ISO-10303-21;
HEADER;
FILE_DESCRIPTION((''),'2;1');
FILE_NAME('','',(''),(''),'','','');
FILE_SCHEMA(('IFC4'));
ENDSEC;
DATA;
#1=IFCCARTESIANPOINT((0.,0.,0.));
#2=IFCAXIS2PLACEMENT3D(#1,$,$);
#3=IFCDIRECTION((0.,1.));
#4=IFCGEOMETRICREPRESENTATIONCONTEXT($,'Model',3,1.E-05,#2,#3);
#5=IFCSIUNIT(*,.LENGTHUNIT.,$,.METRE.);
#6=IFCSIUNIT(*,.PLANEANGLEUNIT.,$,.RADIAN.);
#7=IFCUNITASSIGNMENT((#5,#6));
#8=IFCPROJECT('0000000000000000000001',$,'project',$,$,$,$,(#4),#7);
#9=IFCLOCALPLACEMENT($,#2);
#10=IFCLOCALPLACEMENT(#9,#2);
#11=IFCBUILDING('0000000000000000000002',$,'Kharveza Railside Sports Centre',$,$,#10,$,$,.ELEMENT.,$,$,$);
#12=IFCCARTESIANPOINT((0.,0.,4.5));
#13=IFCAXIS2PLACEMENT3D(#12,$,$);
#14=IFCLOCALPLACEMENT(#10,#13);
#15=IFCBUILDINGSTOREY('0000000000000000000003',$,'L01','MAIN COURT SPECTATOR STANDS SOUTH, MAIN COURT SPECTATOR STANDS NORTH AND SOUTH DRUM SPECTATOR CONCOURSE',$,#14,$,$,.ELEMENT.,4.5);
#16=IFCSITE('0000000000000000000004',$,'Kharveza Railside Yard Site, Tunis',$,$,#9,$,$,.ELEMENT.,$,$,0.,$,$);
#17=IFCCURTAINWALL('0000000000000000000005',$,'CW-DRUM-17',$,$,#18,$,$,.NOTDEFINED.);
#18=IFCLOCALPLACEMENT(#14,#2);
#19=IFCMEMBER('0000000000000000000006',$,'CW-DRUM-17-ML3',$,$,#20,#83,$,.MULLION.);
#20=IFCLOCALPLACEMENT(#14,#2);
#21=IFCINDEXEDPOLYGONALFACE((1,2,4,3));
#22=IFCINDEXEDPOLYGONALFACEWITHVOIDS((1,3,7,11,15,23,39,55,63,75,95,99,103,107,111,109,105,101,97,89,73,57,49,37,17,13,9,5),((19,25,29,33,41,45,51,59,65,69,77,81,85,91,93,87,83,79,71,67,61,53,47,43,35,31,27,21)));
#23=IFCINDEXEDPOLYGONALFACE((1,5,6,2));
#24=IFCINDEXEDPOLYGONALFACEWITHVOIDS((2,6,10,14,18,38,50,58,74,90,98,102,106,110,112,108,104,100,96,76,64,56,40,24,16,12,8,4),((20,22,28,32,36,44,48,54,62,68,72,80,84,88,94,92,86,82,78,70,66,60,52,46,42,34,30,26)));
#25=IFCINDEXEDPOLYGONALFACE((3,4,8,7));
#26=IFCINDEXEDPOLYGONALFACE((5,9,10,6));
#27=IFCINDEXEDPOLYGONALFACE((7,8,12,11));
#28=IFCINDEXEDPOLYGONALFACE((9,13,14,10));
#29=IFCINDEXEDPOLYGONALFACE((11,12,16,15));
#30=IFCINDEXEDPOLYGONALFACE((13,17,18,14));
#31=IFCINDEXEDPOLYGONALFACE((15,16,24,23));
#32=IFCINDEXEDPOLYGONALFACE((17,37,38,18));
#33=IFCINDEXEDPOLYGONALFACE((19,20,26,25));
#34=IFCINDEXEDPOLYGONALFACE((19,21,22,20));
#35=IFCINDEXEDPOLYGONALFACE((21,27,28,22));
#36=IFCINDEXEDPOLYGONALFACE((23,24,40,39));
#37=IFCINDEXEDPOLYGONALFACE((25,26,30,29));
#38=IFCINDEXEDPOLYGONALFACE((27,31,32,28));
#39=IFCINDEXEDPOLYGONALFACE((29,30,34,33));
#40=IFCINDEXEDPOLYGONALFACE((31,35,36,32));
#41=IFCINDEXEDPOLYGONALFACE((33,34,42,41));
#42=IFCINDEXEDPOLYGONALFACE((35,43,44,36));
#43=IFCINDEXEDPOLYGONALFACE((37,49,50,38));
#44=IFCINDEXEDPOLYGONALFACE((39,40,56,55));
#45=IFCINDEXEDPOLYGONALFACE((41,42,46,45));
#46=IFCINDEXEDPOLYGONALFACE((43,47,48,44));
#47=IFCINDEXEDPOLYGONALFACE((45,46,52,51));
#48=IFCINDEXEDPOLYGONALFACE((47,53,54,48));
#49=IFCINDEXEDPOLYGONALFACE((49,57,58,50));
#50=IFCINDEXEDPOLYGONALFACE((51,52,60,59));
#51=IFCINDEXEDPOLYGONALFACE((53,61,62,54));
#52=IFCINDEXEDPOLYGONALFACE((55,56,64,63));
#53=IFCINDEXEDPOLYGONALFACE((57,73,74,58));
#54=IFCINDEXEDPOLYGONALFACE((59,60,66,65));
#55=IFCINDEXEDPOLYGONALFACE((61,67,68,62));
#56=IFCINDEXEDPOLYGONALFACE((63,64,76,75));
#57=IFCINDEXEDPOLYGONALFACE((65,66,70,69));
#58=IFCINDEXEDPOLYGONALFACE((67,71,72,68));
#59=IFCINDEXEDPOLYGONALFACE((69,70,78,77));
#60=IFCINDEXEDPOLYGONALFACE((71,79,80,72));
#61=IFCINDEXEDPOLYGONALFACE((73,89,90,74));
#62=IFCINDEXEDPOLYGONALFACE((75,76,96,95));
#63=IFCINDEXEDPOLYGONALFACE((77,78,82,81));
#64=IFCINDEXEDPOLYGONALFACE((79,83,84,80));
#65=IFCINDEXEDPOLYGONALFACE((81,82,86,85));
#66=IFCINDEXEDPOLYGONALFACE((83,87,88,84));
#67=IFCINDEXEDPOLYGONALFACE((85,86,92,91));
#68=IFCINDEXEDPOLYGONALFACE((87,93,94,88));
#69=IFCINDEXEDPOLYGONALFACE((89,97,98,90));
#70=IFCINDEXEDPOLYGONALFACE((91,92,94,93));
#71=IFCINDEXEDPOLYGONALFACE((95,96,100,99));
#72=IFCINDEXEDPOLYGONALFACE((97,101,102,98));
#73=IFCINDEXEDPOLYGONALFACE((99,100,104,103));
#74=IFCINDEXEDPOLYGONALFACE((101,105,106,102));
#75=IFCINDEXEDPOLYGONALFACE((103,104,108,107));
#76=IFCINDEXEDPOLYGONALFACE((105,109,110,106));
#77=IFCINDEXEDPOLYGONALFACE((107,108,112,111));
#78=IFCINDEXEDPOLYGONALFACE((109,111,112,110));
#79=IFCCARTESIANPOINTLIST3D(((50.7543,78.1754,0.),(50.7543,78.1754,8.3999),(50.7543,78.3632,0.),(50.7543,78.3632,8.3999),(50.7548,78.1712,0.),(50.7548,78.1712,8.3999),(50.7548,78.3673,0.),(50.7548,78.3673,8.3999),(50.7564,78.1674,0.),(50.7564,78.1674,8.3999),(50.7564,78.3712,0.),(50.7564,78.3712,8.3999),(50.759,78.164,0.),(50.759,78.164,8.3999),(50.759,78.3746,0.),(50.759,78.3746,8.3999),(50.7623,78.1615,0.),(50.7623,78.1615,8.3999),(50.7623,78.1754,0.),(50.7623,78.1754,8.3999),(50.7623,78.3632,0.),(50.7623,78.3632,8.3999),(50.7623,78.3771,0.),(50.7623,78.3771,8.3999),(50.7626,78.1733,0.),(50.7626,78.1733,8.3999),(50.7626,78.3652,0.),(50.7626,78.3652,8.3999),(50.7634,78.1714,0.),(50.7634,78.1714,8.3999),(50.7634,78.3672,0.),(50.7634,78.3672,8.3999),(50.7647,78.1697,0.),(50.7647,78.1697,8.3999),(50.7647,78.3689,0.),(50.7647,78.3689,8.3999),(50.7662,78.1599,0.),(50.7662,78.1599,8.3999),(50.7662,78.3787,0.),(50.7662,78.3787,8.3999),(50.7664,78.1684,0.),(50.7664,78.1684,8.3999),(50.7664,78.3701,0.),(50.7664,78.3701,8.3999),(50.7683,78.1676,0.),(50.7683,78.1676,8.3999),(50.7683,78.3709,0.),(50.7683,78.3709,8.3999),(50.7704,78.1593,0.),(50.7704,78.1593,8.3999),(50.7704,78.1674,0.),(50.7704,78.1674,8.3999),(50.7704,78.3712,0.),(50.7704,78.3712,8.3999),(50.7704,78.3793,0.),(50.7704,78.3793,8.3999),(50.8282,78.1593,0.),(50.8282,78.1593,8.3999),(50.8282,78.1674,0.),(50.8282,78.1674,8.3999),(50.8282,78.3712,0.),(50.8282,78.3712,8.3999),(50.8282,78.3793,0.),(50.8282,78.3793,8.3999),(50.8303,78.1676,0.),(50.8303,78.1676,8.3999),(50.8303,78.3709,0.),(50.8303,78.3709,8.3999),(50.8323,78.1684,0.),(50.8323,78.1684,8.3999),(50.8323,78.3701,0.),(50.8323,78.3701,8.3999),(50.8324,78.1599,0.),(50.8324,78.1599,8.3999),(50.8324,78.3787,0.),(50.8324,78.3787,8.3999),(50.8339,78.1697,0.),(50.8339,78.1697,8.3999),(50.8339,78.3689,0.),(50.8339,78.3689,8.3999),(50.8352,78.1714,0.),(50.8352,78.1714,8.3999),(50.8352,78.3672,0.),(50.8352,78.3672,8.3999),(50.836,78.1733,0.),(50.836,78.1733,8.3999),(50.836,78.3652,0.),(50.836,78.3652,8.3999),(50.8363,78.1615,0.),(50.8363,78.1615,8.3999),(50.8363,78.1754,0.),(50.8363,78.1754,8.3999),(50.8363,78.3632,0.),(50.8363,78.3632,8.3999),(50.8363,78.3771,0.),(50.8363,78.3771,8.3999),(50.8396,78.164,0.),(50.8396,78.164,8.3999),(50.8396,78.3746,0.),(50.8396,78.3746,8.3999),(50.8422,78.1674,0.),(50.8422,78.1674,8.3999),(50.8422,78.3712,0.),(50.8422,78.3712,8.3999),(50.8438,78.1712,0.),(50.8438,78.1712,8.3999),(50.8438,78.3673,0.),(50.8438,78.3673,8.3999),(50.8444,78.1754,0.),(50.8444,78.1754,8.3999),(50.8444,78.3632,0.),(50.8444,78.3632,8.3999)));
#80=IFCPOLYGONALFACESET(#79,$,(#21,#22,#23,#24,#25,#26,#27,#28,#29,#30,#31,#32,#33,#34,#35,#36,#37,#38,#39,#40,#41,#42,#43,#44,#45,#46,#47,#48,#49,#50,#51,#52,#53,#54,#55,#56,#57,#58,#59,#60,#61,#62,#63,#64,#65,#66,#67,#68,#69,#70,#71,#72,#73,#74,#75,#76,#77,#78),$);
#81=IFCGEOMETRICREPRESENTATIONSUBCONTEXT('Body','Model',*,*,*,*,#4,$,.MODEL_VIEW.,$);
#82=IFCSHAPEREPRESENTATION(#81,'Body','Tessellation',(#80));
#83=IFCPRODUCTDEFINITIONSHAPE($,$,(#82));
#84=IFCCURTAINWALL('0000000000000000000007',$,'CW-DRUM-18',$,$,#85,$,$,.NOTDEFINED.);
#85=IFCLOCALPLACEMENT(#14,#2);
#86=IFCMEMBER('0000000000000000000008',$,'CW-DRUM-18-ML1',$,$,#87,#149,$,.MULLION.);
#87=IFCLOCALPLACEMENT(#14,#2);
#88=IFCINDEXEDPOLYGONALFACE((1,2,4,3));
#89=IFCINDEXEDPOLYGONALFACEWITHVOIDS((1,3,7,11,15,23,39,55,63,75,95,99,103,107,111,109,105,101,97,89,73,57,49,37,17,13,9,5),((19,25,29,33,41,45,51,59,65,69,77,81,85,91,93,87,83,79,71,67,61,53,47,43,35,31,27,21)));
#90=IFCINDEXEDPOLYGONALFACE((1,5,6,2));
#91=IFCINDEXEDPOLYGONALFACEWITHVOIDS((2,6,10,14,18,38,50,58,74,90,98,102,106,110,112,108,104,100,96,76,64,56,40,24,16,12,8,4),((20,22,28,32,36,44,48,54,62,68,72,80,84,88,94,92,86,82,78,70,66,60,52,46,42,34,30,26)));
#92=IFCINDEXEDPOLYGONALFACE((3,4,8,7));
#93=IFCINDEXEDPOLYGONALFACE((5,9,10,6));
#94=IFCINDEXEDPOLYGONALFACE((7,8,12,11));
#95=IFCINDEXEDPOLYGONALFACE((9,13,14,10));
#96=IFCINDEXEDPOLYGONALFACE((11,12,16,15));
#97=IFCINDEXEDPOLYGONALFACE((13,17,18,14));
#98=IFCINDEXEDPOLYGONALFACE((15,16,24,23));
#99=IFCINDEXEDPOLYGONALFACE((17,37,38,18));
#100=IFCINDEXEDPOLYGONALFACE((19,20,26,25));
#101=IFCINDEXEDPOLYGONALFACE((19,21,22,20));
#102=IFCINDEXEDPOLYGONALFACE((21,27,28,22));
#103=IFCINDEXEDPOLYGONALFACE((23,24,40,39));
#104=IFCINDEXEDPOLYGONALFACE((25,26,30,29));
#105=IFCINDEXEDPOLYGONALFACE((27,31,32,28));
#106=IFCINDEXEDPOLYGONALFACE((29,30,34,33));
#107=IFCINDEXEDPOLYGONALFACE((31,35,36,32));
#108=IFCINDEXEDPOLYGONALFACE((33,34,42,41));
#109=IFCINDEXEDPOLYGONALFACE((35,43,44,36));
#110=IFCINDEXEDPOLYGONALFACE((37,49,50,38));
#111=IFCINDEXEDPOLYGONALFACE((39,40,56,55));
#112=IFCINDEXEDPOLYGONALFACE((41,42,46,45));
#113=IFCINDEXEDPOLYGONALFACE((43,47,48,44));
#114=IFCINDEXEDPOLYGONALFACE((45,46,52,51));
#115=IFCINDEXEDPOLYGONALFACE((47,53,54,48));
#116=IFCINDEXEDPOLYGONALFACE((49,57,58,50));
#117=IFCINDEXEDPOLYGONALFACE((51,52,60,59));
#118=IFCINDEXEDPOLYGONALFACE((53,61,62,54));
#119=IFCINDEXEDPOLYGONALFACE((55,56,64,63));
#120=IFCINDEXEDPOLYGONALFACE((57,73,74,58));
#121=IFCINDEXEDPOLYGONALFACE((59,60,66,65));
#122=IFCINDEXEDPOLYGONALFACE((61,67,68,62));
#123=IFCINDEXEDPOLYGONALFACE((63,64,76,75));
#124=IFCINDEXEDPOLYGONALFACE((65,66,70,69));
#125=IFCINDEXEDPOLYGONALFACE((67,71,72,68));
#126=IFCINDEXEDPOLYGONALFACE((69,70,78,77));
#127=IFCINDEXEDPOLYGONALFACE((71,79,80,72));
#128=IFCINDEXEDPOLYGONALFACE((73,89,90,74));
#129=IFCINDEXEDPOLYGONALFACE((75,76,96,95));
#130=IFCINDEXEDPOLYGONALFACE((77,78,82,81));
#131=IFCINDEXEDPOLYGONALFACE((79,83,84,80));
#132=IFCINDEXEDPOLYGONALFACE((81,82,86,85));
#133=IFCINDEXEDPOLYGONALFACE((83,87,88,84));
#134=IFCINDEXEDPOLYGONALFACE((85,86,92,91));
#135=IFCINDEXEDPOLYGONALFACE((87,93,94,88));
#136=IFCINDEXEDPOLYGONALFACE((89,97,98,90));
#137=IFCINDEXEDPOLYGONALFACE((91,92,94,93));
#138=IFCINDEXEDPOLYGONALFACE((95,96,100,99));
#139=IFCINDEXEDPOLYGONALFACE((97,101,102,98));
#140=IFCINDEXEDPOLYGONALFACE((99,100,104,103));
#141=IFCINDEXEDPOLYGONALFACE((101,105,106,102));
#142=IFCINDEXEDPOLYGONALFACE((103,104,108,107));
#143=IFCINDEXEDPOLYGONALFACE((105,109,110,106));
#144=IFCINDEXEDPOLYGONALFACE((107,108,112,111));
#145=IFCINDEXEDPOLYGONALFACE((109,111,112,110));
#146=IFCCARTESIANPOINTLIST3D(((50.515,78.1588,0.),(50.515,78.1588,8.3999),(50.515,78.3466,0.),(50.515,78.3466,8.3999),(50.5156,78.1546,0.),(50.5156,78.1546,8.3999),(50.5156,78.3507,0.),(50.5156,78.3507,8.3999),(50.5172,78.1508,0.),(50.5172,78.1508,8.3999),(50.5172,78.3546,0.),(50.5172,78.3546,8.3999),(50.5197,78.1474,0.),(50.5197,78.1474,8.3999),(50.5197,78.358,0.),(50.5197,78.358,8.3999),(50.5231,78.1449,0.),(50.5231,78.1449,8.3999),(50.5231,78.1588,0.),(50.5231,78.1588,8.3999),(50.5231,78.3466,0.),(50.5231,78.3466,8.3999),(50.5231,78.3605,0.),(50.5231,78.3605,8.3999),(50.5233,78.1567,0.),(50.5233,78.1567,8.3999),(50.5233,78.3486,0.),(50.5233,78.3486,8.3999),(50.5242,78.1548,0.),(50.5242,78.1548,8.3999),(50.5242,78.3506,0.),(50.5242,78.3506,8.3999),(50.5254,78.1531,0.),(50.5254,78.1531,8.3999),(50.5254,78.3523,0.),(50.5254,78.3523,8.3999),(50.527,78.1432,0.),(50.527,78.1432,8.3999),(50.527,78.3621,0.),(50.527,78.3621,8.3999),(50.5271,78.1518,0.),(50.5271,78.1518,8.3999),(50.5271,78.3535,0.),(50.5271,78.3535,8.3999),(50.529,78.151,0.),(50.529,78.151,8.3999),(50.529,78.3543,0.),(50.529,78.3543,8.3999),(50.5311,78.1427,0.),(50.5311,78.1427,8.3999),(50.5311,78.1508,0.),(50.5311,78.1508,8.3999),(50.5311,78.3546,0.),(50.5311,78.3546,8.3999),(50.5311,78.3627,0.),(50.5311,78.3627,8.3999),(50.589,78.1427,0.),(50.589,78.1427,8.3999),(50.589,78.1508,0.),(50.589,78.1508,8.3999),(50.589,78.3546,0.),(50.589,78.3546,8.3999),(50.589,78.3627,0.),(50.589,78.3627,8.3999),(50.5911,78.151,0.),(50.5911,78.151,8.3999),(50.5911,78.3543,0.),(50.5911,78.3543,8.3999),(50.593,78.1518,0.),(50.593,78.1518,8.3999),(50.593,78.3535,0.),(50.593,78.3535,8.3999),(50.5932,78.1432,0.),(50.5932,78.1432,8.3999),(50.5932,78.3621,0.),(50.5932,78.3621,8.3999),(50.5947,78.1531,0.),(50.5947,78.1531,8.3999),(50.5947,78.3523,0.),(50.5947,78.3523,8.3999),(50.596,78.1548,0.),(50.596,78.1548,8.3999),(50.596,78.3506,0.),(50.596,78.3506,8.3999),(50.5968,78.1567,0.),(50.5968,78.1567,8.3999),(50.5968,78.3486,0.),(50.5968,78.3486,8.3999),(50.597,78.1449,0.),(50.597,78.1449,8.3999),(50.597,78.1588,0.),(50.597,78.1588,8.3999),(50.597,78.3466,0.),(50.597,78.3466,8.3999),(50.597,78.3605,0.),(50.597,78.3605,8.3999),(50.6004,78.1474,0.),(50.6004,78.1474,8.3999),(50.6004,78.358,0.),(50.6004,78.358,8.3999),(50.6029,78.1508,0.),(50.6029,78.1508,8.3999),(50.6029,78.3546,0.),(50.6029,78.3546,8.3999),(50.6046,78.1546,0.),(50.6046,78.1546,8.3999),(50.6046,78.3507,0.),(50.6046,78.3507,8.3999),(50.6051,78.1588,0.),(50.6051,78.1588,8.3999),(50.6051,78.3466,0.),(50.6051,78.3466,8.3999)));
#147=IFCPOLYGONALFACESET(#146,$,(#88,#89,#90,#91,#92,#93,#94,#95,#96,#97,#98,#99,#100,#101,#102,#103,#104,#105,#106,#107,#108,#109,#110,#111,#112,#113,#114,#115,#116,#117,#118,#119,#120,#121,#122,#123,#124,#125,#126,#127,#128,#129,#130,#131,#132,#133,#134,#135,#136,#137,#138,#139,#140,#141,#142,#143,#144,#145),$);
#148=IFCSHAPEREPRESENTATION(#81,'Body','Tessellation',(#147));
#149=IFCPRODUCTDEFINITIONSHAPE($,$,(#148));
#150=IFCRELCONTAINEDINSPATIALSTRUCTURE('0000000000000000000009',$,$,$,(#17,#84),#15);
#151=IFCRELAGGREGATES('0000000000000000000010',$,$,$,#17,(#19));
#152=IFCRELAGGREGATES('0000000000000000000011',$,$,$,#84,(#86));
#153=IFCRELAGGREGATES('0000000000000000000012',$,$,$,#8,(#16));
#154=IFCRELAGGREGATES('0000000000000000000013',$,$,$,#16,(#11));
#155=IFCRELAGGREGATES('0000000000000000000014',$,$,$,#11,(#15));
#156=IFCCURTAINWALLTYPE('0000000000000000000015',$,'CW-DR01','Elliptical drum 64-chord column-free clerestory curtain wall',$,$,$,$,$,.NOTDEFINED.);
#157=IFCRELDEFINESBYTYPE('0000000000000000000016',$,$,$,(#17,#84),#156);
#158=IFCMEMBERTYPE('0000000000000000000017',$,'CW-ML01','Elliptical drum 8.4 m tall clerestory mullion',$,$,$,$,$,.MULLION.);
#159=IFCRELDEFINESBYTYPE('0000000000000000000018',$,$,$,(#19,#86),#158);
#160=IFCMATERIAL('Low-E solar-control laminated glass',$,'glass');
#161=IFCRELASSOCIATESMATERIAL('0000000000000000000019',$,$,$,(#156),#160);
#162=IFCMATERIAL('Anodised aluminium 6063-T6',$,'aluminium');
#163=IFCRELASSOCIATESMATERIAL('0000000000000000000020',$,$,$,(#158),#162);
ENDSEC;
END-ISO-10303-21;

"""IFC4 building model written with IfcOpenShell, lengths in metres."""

from ifc_helpers import new_model, si_unit, direction, frame, origin, origin_2d, place, context, subcontext, project, spatial, hollow_rectangle, extrude, material, material_profile, profile_set, type_object, element, aggregate, save


model = new_model("IFC4")

# Units and contexts
model_context = context("Model", 3, precision=1e-05, world=origin(), true_north=direction((0.0, 1.0)))
body_context = subcontext(model_context, "Body", "Model", "MODEL_VIEW")
ifc_project = project(units=[si_unit("LENGTHUNIT", "METRE"), si_unit("PLANEANGLEUNIT", "RADIAN")], contexts=[model_context])

# Site, building, storey
site_placement = place(None, origin())
site = spatial("IfcSite", under=ifc_project, at=site_placement, Name="Kharveza Railside Yard Site, Tunis", CompositionType="ELEMENT", RefElevation=0.0)
building_placement = place(site_placement, origin())
building = spatial("IfcBuilding", under=site, at=building_placement, Name="Kharveza Railside Sports Centre", CompositionType="ELEMENT")
storey_placement = place(building_placement, frame((0.0, 0.0, 4.5)))
storey = spatial("IfcBuildingStorey", under=building, at=storey_placement, Name="L01", Description="MAIN COURT SPECTATOR STANDS SOUTH, MAIN COURT SPECTATOR STANDS NORTH AND SOUTH DRUM SPECTATOR CONCOURSE", CompositionType="ELEMENT", Elevation=4.5)

# Curtain walls, members
ifc_material_1 = material(Name="Low-E solar-control laminated glass", Category="glass")
curtain_wall_type = type_object("IfcCurtainWallType", Name="CW-DR01", Description="Elliptical drum 64-chord column-free clerestory curtain wall", PredefinedType="NOTDEFINED", material=ifc_material_1)
curtain_wall_1_placement = place(storey_placement, origin())
curtain_wall_1 = element("IfcCurtainWall", 1, at=curtain_wall_1_placement, inside=storey, type_object=curtain_wall_type, Name="CW-DRUM-17", PredefinedType="NOTDEFINED")
ifc_material_2 = material(Name="Anodised aluminium 6063-T6", Category="aluminium")
ifc_material_profile_1 = material_profile(ifc_material_2, hollow_rectangle(XDim=0.0901, YDim=0.22, WallThickness=0.0081, InnerFilletRadius=0.0081, OuterFilletRadius=0.0161, at=origin_2d()), Name="RHS 90x220x8.0")
ifc_profile_set_1 = profile_set([ifc_material_profile_1], Name="Anodised aluminium 6063-T6")
member_type_1 = type_object("IfcMemberType", Name="CW-ML01", Description="Elliptical drum 8.4 m tall clerestory mullion", PredefinedType="MULLION", material=ifc_profile_set_1)
member_1_placement = place(storey_placement, frame((50.7993, 78.2693, 0.0), z_axis=(0.0, 0.0, 1.0), x_axis=(1.0, 0.0, 0.0)))
member_1 = element("IfcMember", 2, at=member_1_placement, type_object=member_type_1, Name="CW-DRUM-17-ML3", PredefinedType="MULLION", context=body_context, shape_type="SweptSolid", body=[
    extrude(hollow_rectangle(XDim=0.0901, YDim=0.22, WallThickness=0.0081, InnerFilletRadius=0.0081, OuterFilletRadius=0.0161, at=origin_2d()), origin(), (0.0, 0.0, 1.0), 8.3999),
])
curtain_wall_2_placement = place(storey_placement, origin())
curtain_wall_2 = element("IfcCurtainWall", 3, at=curtain_wall_2_placement, inside=storey, type_object=curtain_wall_type, Name="CW-DRUM-18", PredefinedType="NOTDEFINED")
member_2_placement = place(storey_placement, frame((50.5601, 78.2527, 0.0), z_axis=(0.0, 0.0, 1.0), x_axis=(1.0, 0.0, 0.0)))
member_2 = element("IfcMember", 4, at=member_2_placement, type_object=member_type_1, Name="CW-DRUM-18-ML1", PredefinedType="MULLION", context=body_context, shape_type="SweptSolid", body=[
    extrude(hollow_rectangle(XDim=0.0901, YDim=0.22, WallThickness=0.0081, InnerFilletRadius=0.0081, OuterFilletRadius=0.0161, at=origin_2d()), origin(), (0.0, 0.0, 1.0), 8.3999),
])

aggregate(curtain_wall_1, [member_1])
aggregate(curtain_wall_2, [member_2])

save(model, "model.ifc")
